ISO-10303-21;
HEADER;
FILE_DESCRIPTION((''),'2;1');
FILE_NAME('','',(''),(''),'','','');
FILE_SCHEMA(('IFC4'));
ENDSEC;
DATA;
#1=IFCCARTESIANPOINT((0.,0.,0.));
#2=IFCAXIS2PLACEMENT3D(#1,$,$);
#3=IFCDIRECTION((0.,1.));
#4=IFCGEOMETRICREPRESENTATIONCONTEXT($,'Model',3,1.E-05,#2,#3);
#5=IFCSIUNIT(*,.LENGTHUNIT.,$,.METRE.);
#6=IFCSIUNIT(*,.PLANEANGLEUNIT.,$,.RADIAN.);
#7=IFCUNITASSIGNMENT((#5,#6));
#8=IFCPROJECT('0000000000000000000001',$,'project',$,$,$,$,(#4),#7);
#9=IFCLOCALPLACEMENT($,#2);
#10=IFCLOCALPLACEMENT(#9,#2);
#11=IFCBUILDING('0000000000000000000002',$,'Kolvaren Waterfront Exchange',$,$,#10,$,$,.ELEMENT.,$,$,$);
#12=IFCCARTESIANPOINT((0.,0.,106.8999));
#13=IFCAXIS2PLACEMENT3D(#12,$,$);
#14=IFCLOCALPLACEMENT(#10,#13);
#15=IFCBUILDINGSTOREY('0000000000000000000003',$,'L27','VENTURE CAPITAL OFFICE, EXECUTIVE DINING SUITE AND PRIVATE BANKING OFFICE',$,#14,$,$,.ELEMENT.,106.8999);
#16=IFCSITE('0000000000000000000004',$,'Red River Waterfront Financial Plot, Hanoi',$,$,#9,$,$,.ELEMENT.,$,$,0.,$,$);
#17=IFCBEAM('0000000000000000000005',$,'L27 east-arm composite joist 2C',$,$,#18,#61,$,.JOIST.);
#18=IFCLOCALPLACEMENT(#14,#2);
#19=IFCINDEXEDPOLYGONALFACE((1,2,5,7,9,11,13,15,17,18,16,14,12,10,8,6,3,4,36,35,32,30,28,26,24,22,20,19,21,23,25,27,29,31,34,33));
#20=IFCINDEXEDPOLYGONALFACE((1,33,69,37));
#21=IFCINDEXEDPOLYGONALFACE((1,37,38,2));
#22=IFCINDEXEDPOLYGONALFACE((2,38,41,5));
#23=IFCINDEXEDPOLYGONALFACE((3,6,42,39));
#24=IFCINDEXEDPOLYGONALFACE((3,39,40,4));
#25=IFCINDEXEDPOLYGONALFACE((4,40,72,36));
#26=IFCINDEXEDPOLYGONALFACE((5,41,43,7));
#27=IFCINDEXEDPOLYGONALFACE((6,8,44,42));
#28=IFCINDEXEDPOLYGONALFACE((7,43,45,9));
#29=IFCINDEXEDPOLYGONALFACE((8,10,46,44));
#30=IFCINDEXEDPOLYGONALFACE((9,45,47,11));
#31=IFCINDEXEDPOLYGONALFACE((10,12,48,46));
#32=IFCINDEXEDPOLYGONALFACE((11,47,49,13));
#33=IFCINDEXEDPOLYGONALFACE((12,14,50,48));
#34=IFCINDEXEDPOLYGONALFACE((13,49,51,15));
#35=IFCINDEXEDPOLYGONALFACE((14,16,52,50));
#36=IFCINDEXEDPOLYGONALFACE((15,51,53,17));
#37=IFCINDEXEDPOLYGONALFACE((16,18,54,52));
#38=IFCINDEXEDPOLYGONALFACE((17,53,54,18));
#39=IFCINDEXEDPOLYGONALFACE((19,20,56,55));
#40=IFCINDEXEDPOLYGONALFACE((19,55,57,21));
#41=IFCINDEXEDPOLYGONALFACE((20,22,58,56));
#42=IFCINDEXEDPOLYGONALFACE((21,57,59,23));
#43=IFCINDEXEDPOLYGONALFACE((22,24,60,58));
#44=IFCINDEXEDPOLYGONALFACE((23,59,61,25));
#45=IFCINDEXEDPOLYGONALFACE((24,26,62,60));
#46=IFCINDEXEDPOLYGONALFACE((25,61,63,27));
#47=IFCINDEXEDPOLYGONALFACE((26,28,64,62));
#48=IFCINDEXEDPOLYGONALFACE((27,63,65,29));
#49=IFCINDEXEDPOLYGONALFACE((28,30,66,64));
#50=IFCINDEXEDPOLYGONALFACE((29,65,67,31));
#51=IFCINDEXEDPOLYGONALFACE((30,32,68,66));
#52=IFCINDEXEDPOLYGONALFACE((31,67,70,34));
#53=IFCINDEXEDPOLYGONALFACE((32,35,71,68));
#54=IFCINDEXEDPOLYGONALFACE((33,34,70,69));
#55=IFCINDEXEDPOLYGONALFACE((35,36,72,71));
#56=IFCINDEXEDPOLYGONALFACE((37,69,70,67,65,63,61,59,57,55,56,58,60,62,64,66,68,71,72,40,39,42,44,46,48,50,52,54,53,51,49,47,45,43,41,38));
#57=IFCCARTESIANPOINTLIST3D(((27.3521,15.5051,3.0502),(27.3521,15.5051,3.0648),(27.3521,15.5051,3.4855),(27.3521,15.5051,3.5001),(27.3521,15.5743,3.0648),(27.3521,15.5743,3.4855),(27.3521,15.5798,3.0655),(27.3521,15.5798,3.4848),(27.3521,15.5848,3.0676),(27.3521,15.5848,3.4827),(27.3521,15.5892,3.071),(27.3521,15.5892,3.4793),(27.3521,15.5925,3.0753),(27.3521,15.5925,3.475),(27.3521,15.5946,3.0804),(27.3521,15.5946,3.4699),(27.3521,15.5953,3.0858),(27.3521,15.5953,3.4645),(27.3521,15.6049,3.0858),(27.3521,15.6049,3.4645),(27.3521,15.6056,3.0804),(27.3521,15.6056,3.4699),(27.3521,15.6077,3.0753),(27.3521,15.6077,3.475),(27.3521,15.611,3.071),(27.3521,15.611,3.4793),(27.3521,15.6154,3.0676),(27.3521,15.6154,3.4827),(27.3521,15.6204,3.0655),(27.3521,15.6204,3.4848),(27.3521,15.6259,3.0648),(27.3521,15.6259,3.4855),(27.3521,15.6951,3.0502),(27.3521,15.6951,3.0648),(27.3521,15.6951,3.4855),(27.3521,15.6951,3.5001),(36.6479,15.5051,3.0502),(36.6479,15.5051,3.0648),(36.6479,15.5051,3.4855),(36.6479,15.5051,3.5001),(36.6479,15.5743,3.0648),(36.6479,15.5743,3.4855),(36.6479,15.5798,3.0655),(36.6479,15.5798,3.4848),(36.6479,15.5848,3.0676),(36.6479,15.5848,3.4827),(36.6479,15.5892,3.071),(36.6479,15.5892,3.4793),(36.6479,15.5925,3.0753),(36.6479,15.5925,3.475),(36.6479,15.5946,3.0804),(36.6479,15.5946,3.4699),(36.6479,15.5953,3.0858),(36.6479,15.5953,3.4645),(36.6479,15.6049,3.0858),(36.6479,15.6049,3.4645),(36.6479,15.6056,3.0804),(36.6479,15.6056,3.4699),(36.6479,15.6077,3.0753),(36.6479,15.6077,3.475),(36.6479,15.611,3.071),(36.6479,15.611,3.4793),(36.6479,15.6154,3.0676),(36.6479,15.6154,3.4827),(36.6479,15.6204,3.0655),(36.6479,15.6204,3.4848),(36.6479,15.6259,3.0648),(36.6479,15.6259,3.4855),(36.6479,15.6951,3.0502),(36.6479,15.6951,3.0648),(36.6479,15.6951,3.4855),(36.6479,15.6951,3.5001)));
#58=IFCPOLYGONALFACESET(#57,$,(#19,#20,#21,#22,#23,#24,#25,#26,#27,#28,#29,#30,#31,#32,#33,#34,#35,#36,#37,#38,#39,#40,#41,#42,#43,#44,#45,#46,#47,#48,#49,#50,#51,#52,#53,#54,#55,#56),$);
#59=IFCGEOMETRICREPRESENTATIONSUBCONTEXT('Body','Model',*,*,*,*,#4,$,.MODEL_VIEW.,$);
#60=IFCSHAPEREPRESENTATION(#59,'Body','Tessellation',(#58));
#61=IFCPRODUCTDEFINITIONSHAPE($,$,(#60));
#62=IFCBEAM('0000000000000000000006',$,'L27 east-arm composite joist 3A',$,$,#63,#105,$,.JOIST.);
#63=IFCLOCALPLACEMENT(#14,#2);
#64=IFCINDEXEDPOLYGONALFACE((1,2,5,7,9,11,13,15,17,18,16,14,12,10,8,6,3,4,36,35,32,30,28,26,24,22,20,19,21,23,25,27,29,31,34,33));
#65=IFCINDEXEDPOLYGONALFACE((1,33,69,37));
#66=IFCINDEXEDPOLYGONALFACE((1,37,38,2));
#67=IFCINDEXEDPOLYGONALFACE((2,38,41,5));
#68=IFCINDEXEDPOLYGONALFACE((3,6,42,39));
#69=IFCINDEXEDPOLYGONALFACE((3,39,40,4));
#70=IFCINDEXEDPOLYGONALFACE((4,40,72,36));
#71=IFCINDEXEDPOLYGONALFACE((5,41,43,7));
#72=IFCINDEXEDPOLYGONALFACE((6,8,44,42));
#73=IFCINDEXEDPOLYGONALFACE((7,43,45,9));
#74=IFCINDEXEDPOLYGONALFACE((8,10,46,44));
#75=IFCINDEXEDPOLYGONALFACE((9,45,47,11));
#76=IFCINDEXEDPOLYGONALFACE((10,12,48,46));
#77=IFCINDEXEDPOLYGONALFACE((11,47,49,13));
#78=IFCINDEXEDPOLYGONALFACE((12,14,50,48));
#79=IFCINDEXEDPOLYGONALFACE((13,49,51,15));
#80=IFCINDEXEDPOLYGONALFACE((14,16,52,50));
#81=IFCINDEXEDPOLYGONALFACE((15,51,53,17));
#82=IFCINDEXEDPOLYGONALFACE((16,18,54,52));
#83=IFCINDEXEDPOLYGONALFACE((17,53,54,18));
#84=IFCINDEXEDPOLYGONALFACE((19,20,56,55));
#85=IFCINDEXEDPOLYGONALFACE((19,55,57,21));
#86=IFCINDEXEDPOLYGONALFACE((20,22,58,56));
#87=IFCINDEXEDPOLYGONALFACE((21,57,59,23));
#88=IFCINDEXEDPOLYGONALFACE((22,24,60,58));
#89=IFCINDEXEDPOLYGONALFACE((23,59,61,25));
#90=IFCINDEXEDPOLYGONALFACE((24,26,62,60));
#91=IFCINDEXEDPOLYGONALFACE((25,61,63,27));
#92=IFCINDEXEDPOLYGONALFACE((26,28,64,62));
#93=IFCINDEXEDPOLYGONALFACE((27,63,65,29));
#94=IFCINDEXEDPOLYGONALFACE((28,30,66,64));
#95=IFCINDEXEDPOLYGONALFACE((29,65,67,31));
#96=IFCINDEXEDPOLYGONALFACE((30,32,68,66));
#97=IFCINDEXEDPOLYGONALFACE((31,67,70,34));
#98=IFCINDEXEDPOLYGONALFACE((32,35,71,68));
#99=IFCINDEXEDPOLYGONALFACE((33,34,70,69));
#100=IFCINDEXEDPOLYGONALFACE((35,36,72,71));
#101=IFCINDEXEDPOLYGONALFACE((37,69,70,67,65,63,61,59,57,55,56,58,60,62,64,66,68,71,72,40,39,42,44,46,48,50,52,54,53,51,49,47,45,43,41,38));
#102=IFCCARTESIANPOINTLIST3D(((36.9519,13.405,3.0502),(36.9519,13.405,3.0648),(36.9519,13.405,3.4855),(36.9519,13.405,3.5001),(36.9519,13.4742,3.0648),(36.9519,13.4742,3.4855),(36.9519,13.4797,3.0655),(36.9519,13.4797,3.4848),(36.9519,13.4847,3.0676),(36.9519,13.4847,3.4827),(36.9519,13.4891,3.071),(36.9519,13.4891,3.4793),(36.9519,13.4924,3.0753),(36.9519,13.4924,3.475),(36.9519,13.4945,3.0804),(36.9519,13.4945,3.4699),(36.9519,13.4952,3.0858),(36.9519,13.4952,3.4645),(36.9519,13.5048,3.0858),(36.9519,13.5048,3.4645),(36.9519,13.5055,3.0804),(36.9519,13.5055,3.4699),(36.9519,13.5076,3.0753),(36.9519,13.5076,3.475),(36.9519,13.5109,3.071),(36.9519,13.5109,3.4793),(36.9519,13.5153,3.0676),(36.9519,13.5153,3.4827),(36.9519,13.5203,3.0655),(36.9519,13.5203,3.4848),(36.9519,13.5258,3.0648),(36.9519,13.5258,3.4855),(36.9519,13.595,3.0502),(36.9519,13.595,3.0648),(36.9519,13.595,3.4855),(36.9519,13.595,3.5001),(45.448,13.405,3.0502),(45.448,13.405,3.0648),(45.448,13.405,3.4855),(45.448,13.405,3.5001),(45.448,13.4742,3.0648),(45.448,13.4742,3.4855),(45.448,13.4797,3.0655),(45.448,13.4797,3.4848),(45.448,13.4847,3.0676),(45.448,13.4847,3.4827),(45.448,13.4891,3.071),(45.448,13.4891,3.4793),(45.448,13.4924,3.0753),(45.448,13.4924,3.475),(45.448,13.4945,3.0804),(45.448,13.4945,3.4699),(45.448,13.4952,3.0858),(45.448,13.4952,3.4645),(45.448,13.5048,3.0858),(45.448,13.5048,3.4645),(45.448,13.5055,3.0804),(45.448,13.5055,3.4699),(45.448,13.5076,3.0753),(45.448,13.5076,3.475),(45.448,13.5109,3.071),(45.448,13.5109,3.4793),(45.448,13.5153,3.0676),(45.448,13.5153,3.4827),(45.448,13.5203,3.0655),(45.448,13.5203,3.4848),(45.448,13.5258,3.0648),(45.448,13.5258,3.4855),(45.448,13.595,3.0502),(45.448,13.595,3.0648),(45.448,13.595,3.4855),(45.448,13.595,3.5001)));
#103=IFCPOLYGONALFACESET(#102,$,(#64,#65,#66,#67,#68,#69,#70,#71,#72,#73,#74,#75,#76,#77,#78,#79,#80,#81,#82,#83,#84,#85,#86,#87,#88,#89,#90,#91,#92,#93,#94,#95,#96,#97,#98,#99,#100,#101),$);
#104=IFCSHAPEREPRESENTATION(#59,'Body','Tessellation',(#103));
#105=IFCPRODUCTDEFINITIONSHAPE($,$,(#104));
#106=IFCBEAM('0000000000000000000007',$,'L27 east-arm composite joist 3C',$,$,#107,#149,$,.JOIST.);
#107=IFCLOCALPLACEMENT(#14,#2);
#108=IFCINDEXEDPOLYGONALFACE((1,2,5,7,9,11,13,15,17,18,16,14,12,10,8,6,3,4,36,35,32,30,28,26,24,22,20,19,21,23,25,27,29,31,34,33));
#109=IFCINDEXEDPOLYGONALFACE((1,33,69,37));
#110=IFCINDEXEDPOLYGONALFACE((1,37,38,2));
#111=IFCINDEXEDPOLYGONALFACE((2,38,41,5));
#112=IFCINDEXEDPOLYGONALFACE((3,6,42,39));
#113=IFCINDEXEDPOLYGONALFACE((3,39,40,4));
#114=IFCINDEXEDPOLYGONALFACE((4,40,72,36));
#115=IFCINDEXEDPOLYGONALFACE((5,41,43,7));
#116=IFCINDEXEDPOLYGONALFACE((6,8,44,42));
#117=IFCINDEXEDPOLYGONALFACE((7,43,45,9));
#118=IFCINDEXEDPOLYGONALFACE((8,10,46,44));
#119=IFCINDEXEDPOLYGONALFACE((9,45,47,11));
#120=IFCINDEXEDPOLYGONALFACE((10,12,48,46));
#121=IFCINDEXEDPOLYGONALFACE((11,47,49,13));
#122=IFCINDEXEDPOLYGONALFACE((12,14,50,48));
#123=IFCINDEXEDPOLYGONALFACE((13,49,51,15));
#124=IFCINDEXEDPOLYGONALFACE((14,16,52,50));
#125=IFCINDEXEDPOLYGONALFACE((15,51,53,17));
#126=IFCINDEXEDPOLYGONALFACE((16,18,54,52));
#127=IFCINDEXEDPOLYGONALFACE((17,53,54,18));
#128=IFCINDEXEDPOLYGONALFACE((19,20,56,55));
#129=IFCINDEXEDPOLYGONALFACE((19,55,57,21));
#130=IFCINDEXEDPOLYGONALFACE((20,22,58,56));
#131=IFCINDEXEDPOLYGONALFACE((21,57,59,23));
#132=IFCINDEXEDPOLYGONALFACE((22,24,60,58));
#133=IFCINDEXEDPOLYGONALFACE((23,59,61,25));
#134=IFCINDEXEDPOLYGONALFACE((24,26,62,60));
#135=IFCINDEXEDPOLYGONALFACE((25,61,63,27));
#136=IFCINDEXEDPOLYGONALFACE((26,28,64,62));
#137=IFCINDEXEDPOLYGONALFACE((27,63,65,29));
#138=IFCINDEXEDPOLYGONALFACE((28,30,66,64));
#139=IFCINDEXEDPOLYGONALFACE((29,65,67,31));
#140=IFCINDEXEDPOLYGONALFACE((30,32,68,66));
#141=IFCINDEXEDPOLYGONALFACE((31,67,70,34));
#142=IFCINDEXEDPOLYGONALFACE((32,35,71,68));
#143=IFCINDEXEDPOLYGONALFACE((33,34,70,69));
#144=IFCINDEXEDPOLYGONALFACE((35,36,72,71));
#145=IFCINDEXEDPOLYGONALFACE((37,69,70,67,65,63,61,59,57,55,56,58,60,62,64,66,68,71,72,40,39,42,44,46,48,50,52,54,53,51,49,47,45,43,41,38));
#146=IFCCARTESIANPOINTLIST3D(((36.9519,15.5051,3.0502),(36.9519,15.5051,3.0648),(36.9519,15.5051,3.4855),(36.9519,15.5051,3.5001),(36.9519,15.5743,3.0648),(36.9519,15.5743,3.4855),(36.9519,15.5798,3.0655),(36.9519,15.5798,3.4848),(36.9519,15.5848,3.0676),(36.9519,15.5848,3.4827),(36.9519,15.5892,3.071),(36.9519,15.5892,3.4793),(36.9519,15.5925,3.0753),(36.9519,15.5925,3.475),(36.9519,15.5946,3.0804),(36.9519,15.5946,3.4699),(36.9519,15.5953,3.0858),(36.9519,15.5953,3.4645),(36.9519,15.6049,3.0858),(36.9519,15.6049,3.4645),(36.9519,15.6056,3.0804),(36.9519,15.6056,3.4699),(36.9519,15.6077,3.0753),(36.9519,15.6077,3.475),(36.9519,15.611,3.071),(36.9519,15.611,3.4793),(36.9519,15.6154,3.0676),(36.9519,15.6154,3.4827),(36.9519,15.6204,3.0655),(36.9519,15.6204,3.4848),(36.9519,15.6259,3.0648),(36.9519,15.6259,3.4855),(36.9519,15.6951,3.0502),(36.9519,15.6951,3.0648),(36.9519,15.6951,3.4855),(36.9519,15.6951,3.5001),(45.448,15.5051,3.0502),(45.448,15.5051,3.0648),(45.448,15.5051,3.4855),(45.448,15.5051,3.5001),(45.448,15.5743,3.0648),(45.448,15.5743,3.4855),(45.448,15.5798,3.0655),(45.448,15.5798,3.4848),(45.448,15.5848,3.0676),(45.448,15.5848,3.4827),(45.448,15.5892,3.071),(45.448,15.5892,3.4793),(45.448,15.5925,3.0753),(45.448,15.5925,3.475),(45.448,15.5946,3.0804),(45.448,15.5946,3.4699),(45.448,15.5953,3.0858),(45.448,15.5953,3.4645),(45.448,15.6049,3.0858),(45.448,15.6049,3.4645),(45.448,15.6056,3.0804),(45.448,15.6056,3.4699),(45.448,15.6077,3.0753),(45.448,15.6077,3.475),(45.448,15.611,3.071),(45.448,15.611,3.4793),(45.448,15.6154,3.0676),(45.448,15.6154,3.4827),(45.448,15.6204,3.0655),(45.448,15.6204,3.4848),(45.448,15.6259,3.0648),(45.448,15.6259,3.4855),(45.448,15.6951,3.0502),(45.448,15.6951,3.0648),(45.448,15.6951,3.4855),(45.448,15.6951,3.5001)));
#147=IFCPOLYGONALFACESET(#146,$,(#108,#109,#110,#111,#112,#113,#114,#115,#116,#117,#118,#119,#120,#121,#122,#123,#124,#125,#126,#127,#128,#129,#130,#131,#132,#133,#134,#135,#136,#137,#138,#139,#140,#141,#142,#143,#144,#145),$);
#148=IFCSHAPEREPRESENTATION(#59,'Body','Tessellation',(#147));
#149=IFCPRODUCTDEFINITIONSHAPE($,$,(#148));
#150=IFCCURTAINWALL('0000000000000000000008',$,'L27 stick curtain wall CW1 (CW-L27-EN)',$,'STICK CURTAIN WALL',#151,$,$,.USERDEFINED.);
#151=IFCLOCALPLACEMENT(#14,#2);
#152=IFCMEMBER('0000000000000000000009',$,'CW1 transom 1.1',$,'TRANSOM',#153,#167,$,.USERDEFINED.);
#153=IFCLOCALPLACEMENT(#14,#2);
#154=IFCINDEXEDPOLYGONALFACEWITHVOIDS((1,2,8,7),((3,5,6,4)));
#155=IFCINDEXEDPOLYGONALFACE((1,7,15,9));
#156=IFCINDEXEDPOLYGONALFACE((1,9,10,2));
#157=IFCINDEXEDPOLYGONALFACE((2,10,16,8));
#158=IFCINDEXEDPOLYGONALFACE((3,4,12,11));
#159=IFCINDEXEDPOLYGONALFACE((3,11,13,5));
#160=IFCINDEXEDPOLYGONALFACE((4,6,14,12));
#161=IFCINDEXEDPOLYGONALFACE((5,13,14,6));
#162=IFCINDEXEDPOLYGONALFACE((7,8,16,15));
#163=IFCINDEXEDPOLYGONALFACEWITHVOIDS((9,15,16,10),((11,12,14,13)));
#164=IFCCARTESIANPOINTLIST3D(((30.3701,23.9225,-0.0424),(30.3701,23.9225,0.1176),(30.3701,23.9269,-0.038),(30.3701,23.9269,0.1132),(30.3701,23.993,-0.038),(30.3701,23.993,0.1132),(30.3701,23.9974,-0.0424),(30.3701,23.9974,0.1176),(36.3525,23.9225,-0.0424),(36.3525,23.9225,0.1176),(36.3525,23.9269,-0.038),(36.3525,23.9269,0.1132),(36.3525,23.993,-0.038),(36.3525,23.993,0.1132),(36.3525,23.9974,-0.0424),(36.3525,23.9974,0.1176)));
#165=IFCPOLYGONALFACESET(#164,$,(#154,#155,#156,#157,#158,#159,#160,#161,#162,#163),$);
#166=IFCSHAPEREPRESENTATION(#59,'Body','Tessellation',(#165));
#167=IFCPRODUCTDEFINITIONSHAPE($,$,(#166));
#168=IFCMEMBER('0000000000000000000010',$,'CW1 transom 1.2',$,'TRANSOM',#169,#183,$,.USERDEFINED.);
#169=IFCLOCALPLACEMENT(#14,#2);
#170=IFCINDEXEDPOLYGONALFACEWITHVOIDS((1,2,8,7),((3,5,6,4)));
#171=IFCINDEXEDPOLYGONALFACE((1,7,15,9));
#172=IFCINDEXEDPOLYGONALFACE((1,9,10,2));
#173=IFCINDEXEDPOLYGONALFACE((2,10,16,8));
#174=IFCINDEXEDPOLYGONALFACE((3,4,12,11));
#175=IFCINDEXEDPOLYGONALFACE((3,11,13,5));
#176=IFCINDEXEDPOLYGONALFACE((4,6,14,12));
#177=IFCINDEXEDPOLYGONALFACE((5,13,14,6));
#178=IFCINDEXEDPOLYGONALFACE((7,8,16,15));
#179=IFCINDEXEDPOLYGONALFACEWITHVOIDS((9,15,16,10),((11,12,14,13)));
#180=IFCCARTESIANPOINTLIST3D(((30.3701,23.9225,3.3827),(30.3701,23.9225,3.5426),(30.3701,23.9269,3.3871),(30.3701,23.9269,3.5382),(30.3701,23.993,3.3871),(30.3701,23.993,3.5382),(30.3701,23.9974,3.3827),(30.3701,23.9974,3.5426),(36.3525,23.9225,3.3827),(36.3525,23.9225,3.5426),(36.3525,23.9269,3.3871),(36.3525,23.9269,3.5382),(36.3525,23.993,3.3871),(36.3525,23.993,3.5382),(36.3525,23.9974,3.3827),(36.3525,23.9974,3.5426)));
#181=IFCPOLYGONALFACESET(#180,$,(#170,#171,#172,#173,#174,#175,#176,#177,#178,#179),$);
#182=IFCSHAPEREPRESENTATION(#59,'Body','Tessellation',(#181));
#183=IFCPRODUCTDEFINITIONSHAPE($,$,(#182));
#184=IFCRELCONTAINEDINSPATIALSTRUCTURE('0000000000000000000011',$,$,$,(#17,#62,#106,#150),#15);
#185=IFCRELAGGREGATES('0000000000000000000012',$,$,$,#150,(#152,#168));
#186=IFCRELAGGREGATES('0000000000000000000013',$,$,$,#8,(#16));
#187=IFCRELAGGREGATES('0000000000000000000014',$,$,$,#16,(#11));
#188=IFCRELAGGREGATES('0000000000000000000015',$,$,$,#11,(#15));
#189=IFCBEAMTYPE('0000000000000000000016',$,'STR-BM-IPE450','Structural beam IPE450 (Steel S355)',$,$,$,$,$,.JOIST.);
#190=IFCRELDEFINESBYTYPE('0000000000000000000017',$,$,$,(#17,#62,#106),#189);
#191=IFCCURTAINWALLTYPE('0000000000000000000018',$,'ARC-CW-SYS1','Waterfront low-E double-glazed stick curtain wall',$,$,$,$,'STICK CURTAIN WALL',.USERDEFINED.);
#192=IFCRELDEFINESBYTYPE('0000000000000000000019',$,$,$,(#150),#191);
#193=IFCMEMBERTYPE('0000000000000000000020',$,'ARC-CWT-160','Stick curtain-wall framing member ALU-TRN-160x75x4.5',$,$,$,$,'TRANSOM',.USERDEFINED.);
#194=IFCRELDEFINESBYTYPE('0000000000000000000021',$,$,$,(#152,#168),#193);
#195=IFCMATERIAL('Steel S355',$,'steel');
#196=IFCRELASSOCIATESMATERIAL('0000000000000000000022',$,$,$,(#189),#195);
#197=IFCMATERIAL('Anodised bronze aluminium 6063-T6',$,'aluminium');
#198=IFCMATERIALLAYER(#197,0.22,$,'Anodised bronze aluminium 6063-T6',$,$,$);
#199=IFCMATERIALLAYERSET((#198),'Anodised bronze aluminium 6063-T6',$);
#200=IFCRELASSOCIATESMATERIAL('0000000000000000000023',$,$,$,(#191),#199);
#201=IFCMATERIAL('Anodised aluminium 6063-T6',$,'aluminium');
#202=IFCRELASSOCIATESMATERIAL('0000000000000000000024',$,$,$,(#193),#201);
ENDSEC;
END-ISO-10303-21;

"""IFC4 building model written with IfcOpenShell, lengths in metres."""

from ifc_helpers import new_model, si_unit, direction, frame, origin, origin_with_axes, origin_2d, place, context, subcontext, project, spatial, hollow_rectangle, i_section, extrude, source, transform, mapped, material, layer, layer_set, material_profile, profile_set, type_object, element, aggregate, save


model = new_model("IFC4")

# Units and contexts
model_context = context("Model", 3, precision=1e-05, world=origin(), true_north=direction((0.0, 1.0)))
body_context = subcontext(model_context, "Body", "Model", "MODEL_VIEW")
ifc_project = project(units=[si_unit("LENGTHUNIT", "METRE"), si_unit("PLANEANGLEUNIT", "RADIAN")], contexts=[model_context])

# Site, building, storey
site_placement = place(None, origin())
site = spatial("IfcSite", under=ifc_project, at=site_placement, Name="Red River Waterfront Financial Plot, Hanoi", CompositionType="ELEMENT", RefElevation=0.0)
building_placement = place(site_placement, origin())
building = spatial("IfcBuilding", under=site, at=building_placement, Name="Kolvaren Waterfront Exchange", CompositionType="ELEMENT")
storey_placement = place(building_placement, frame((0.0, 0.0, 106.8999)))
storey = spatial("IfcBuildingStorey", under=building, at=storey_placement, Name="L27", Description="VENTURE CAPITAL OFFICE, EXECUTIVE DINING SUITE AND PRIVATE BANKING OFFICE", CompositionType="ELEMENT", Elevation=106.8999)

# Beams
ifc_material_1 = material(Name="Steel S355", Category="steel")
ifc_material_profile_1 = material_profile(ifc_material_1, i_section(OverallWidth=0.1899, OverallDepth=0.45, WebThickness=0.0095, FlangeThickness=0.0146, FilletRadius=0.021, at=origin_2d()), Name="IPE450")
ifc_profile_set_1 = profile_set([ifc_material_profile_1], Name="Steel S355")
beam_type_1 = type_object("IfcBeamType", Name="STR-BM-IPE450", Description="Structural beam IPE450 (Steel S355)", PredefinedType="JOIST", material=ifc_profile_set_1)
for number, where, z_axis, x_axis, name in (
    (1, (27.3521, 15.6001, 3.2751), (1.0, 0.0, 0.0), (0.0, 1.0, 0.0), "L27 east-arm composite joist 2C"),
):
    element("IfcBeam", number, at=place(storey_placement, frame(where, z_axis=z_axis, x_axis=x_axis)), inside=storey, type_object=beam_type_1, Name=name, PredefinedType="JOIST", context=body_context, shape_type="SweptSolid", body=[
        extrude(i_section(OverallWidth=0.1899, OverallDepth=0.45, WebThickness=0.0095, FlangeThickness=0.0146, FilletRadius=0.021, at=origin_2d()), origin(), (0.0, 0.0, 1.0), 9.2959),
    ])
for number, where, z_axis, x_axis, name in (
    (2, (36.9519, 13.5, 3.2751), (1.0, 0.0, 0.0), (0.0, 1.0, 0.0), "L27 east-arm composite joist 3A"),
    (3, (36.9519, 15.6001, 3.2751), (1.0, 0.0, 0.0), (0.0, 1.0, 0.0), "L27 east-arm composite joist 3C"),
):
    element("IfcBeam", number, at=place(storey_placement, frame(where, z_axis=z_axis, x_axis=x_axis)), inside=storey, type_object=beam_type_1, Name=name, PredefinedType="JOIST", context=body_context, shape_type="SweptSolid", body=[
        extrude(i_section(OverallWidth=0.1899, OverallDepth=0.45, WebThickness=0.0095, FlangeThickness=0.0146, FilletRadius=0.021, at=origin_2d()), origin(), (0.0, 0.0, 1.0), 8.4961),
    ])

# Curtain wall, members
ifc_material_2 = material(Name="Anodised bronze aluminium 6063-T6", Category="aluminium")
ifc_layer_1 = layer(ifc_material_2, 0.22, Name="Anodised bronze aluminium 6063-T6")
ifc_layer_set_1 = layer_set([ifc_layer_1], Name="Anodised bronze aluminium 6063-T6")
curtain_wall_type = type_object("IfcCurtainWallType", Name="ARC-CW-SYS1", Description="Waterfront low-E double-glazed stick curtain wall", ElementType="STICK CURTAIN WALL", PredefinedType="USERDEFINED", material=ifc_layer_set_1)
curtain_wall_placement = place(storey_placement, origin())
curtain_wall = element("IfcCurtainWall", 4, at=curtain_wall_placement, inside=storey, type_object=curtain_wall_type, Name="L27 stick curtain wall CW1 (CW-L27-EN)", ObjectType="STICK CURTAIN WALL", PredefinedType="USERDEFINED")
ifc_material_3 = material(Name="Anodised aluminium 6063-T6", Category="aluminium")
ifc_material_profile_2 = material_profile(ifc_material_3, hollow_rectangle(XDim=0.075, YDim=0.1599, WallThickness=0.0044, at=origin_2d()), Name="ALU-TRN-160x75x4.5")
ifc_profile_set_2 = profile_set([ifc_material_profile_2], Name="Anodised aluminium 6063-T6")
member_type_1 = type_object("IfcMemberType", Name="ARC-CWT-160", Description="Stick curtain-wall framing member ALU-TRN-160x75x4.5", ElementType="TRANSOM", PredefinedType="USERDEFINED", material=ifc_profile_set_2)
shared_shape_1 = source(origin_with_axes(), body_context, "Body", "SweptSolid", [
    extrude(hollow_rectangle(XDim=0.075, YDim=0.1599, WallThickness=0.0044, at=origin_2d()), origin(), (0.0, 0.0, 1.0), 5.9824),
])
member_1_placement = place(storey_placement, frame((30.3701, 23.96, 0.0376), z_axis=(1.0, 0.0, 0.0), x_axis=(0.0, 1.0, 0.0)))
member_1 = element("IfcMember", 5, at=member_1_placement, type_object=member_type_1, Name="CW1 transom 1.1", ObjectType="TRANSOM", PredefinedType="USERDEFINED", context=body_context, shape_type="MappedRepresentation", body=[
    mapped(shared_shape_1, transform((0.0, 0.0, 0.0), x_axis=(1.0, 0.0, 0.0), y_axis=(0.0, 1.0, 0.0), z_axis=(0.0, 0.0, 1.0), scale=1.0)),
])
member_2_placement = place(storey_placement, frame((30.3701, 23.96, 3.4626), z_axis=(1.0, 0.0, 0.0), x_axis=(0.0, 1.0, 0.0)))
member_2 = element("IfcMember", 6, at=member_2_placement, type_object=member_type_1, Name="CW1 transom 1.2", ObjectType="TRANSOM", PredefinedType="USERDEFINED", context=body_context, shape_type="MappedRepresentation", body=[
    mapped(shared_shape_1, transform((0.0, 0.0, 0.0), x_axis=(1.0, 0.0, 0.0), y_axis=(0.0, 1.0, 0.0), z_axis=(0.0, 0.0, 1.0), scale=1.0)),
])
aggregate(curtain_wall, [member_1, member_2])

save(model, "model.ifc")
